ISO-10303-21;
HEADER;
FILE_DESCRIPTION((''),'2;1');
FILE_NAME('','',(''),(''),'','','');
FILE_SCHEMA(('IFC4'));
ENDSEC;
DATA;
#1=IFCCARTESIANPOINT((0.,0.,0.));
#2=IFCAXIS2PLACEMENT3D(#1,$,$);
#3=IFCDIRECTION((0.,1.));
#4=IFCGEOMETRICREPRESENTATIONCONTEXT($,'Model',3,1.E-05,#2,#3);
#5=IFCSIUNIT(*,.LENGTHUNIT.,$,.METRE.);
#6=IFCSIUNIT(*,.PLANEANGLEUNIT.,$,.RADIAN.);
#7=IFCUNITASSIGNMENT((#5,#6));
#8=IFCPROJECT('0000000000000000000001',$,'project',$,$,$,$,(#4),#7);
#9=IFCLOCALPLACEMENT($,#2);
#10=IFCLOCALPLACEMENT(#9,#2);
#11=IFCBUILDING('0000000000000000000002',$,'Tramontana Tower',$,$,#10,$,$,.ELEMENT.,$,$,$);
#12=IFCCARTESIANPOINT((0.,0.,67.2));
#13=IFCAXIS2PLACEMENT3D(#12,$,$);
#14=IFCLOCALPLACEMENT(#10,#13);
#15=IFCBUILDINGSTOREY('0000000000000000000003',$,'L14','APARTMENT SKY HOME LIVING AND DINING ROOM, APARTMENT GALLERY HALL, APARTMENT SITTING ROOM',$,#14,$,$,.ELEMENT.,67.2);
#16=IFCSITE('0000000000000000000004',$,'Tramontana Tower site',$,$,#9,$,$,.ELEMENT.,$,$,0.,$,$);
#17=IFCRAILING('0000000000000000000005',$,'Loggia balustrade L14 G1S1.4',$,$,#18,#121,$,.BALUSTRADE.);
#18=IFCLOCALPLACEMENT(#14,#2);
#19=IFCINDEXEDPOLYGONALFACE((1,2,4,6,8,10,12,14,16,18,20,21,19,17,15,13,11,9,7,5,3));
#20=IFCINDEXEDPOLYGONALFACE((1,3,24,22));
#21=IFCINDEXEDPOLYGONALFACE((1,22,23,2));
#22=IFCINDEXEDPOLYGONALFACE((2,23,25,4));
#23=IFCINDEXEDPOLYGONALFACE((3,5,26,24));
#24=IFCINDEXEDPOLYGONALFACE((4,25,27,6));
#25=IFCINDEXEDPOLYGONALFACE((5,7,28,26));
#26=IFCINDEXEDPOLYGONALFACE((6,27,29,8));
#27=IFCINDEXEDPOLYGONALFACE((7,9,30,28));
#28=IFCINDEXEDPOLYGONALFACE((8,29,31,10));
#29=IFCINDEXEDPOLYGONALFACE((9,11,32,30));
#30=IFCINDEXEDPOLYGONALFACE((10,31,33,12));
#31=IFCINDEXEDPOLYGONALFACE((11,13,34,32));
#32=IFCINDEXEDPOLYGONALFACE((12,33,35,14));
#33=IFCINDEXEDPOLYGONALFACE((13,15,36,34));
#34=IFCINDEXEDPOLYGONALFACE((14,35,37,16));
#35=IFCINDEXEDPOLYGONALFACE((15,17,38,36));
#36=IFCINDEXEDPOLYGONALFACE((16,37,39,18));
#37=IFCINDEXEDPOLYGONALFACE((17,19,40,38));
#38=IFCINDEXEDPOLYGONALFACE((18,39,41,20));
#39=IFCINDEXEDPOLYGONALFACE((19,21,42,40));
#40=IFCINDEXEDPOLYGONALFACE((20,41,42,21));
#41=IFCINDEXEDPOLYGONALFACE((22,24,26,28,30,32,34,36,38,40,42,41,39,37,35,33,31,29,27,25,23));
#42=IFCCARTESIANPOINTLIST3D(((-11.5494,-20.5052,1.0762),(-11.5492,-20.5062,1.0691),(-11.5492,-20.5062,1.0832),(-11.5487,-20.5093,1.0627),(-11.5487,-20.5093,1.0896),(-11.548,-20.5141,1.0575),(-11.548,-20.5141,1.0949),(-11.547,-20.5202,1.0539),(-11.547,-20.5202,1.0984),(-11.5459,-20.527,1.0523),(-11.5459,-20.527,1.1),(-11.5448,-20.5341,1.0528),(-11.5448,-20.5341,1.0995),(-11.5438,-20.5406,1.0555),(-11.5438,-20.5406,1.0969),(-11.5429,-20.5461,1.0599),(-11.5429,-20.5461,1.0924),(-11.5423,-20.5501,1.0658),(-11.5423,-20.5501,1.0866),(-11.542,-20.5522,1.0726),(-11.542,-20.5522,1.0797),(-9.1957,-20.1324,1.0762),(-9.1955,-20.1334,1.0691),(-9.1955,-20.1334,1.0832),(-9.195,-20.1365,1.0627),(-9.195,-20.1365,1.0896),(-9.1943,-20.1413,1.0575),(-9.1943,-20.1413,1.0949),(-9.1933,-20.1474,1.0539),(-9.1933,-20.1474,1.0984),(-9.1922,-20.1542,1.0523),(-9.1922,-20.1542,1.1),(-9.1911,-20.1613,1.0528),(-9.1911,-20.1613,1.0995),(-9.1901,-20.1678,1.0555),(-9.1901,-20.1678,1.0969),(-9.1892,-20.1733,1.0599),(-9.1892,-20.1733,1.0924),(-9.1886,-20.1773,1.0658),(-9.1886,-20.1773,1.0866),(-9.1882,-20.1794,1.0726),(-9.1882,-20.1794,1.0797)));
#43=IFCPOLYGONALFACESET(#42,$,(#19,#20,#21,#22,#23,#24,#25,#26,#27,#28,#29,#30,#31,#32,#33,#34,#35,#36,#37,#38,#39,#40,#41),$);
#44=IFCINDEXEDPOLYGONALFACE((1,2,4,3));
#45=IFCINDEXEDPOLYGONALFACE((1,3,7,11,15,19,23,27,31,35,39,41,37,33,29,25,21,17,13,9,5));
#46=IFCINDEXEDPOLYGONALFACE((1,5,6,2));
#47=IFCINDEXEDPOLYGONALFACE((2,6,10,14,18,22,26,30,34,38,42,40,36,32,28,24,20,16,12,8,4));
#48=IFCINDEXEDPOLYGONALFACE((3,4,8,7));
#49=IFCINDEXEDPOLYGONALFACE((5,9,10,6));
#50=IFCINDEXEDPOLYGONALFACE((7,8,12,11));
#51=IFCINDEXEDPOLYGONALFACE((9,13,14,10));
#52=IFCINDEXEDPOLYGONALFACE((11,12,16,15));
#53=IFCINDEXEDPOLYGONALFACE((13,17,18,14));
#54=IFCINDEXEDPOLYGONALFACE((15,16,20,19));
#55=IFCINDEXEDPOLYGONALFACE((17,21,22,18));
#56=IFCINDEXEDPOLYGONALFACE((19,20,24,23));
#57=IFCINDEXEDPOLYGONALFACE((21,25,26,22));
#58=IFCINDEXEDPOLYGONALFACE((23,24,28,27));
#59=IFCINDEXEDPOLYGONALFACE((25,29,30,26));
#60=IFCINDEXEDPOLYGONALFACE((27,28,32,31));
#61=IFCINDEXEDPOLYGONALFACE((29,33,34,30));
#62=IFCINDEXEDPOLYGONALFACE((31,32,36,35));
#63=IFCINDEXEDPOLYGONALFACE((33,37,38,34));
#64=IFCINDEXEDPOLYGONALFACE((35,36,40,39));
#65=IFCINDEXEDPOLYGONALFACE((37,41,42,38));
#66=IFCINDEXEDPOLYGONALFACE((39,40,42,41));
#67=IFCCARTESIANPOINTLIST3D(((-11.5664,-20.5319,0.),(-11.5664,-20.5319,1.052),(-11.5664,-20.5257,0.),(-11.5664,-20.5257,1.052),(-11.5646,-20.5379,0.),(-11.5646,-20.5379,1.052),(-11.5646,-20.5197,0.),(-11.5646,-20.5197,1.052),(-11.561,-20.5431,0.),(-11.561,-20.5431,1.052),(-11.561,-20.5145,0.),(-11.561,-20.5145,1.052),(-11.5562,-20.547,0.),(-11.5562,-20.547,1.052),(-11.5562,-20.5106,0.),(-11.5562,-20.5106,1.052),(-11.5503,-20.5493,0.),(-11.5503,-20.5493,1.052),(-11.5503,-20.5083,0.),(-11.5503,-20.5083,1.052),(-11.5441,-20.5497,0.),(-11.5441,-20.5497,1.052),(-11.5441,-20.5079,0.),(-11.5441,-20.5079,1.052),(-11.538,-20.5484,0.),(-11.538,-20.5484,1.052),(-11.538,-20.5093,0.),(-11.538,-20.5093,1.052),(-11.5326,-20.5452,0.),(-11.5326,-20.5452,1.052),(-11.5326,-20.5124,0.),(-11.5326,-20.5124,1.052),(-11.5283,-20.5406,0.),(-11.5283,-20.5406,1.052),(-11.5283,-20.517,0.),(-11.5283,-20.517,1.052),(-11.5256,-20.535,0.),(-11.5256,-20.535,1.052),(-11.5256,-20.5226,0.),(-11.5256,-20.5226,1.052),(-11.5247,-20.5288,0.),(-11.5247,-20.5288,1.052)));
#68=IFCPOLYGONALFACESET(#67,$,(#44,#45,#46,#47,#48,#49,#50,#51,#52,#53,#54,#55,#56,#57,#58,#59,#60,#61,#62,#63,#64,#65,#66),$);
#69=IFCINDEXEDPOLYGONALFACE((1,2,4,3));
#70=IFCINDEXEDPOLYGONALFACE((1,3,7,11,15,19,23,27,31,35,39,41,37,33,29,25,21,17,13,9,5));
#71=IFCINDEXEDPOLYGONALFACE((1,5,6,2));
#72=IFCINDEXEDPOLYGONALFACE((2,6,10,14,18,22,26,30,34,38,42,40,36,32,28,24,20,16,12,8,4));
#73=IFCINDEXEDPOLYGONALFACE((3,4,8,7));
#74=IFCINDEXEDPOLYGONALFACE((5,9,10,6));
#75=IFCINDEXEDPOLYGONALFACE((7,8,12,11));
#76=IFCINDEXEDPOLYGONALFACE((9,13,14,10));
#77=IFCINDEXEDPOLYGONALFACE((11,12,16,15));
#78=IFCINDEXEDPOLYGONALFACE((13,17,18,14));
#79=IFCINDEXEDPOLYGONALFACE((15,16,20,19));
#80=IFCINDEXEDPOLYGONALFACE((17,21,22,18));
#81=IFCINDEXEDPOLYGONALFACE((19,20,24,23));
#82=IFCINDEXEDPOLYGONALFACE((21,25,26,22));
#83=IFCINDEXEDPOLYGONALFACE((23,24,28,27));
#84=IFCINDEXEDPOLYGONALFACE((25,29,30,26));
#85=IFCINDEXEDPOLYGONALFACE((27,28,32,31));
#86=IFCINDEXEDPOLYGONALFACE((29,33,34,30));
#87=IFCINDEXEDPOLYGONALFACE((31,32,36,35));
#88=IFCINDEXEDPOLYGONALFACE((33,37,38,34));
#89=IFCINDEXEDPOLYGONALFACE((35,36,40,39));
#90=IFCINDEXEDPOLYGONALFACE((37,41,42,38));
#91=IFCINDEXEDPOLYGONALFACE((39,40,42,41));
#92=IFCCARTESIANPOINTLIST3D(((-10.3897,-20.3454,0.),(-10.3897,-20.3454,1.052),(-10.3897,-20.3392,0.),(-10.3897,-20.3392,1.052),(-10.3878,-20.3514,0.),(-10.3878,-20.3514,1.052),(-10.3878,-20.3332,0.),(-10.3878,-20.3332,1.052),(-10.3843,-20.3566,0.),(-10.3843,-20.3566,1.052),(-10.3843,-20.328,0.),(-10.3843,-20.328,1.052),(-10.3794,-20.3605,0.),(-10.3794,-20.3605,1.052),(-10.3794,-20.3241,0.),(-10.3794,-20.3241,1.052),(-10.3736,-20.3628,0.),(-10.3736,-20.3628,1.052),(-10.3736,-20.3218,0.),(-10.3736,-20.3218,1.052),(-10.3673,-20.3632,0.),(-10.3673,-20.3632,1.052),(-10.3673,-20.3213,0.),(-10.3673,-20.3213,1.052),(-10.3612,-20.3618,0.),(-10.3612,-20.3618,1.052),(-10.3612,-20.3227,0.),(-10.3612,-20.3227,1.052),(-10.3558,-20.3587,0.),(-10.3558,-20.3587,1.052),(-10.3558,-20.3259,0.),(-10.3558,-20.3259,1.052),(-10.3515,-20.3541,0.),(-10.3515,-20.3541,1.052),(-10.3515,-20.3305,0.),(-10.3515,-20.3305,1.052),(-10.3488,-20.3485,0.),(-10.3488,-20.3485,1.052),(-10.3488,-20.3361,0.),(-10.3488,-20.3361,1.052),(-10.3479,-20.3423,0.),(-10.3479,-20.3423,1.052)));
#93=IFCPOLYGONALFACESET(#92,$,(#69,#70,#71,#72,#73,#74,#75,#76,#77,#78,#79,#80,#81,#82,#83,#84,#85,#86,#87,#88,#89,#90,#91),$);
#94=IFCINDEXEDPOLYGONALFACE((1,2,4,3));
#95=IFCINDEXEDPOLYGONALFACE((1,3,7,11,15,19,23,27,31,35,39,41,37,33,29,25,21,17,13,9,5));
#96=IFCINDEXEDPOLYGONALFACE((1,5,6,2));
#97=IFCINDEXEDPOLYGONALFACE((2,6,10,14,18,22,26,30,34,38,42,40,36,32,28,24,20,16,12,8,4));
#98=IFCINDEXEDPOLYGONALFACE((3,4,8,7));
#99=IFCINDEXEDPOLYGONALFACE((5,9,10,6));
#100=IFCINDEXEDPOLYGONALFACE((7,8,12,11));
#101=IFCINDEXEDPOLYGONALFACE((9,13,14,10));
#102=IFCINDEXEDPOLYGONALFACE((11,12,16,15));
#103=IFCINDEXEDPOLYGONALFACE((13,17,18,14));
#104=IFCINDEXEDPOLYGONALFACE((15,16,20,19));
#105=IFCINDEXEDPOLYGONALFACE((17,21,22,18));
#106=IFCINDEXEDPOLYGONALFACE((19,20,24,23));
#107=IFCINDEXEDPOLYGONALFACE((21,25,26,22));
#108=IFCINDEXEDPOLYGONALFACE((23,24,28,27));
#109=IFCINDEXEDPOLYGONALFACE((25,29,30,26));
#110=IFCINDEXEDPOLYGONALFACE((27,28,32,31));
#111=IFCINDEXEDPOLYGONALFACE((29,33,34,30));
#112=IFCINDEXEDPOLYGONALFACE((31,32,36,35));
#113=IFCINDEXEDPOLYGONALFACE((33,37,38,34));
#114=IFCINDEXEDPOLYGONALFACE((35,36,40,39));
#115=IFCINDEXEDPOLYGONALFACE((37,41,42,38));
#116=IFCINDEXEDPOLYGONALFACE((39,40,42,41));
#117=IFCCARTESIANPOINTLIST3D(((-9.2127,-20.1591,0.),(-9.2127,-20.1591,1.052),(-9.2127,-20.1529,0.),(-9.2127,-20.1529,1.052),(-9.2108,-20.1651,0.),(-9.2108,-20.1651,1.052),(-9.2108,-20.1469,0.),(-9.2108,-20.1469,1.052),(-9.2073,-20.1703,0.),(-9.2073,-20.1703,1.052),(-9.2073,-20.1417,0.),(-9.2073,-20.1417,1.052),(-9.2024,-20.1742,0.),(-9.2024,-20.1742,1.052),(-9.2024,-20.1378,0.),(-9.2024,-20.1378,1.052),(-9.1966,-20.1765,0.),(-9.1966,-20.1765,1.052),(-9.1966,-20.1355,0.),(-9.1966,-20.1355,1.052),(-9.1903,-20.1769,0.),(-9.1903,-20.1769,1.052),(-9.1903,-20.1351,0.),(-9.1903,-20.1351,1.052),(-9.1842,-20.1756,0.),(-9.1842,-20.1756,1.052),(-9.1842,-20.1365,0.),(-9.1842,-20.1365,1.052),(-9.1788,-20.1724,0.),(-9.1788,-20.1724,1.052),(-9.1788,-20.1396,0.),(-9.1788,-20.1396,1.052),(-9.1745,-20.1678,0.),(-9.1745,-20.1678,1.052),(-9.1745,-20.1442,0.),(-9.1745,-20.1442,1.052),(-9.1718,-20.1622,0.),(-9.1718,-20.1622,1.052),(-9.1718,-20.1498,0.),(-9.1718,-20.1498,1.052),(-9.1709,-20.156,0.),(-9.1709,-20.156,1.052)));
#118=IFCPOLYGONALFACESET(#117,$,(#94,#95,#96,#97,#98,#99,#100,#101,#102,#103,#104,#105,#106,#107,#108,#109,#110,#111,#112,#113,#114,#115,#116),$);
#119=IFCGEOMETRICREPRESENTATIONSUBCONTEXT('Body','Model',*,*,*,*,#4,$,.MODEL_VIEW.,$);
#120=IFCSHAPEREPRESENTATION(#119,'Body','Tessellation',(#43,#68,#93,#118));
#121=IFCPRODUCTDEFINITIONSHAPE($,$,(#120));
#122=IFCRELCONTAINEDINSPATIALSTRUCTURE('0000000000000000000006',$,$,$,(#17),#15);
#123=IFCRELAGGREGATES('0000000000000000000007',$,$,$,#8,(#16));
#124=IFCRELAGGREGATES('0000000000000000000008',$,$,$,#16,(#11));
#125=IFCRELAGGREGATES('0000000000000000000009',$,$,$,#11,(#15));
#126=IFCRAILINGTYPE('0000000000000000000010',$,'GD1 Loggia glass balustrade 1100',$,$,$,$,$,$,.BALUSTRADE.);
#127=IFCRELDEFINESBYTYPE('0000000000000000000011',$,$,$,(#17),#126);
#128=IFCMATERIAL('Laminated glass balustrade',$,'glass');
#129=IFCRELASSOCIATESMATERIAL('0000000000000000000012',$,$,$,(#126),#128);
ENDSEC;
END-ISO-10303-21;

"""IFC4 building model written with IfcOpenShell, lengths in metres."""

from ifc_helpers import new_model, si_unit, direction, frame, origin, origin_2d, place, context, subcontext, project, spatial, circle, extrude, material, type_object, element, save


model = new_model("IFC4")

# Units and contexts
model_context = context("Model", 3, precision=1e-05, world=origin(), true_north=direction((0.0, 1.0)))
body_context = subcontext(model_context, "Body", "Model", "MODEL_VIEW")
ifc_project = project(units=[si_unit("LENGTHUNIT", "METRE"), si_unit("PLANEANGLEUNIT", "RADIAN")], contexts=[model_context])

# Site, building, storey
site_placement = place(None, origin())
site = spatial("IfcSite", under=ifc_project, at=site_placement, Name="Tramontana Tower site", CompositionType="ELEMENT", RefElevation=0.0)
building_placement = place(site_placement, origin())
building = spatial("IfcBuilding", under=site, at=building_placement, Name="Tramontana Tower", CompositionType="ELEMENT")
storey_placement = place(building_placement, frame((0.0, 0.0, 67.2)))
storey = spatial("IfcBuildingStorey", under=building, at=storey_placement, Name="L14", Description="APARTMENT SKY HOME LIVING AND DINING ROOM, APARTMENT GALLERY HALL, APARTMENT SITTING ROOM", CompositionType="ELEMENT", Elevation=67.2)

# Railing
ifc_material_1 = material(Name="Laminated glass balustrade", Category="glass")
railing_type = type_object("IfcRailingType", Name="GD1 Loggia glass balustrade 1100", PredefinedType="BALUSTRADE", material=ifc_material_1)
railing_1_placement = place(storey_placement, frame((-11.5457, -20.5288, 0.0)))
element("IfcRailing", 1, at=railing_1_placement, inside=storey, type_object=railing_type, Name="Loggia balustrade L14 G1S1.4", PredefinedType="BALUSTRADE", context=body_context, shape_type="SweptSolid", body=[
    extrude(circle(Radius=0.0239, at=origin_2d()), frame((0.0, 0.0, 1.0762), z_axis=(0.987688, 0.156436, 0.0), x_axis=(-0.156436, 0.987688, 0.0)), (0.0, 0.0, 1.0), 2.3831),
    extrude(circle(Radius=0.021, at=origin_2d()), origin(), (0.0, 0.0, 1.0), 1.052),
    extrude(circle(Radius=0.021, at=origin_2d()), frame((1.1768, 0.1865, 0.0)), (0.0, 0.0, 1.0), 1.052),
    extrude(circle(Radius=0.021, at=origin_2d()), frame((2.3538, 0.3728, 0.0)), (0.0, 0.0, 1.0), 1.052),
])

save(model, "model.ifc")
